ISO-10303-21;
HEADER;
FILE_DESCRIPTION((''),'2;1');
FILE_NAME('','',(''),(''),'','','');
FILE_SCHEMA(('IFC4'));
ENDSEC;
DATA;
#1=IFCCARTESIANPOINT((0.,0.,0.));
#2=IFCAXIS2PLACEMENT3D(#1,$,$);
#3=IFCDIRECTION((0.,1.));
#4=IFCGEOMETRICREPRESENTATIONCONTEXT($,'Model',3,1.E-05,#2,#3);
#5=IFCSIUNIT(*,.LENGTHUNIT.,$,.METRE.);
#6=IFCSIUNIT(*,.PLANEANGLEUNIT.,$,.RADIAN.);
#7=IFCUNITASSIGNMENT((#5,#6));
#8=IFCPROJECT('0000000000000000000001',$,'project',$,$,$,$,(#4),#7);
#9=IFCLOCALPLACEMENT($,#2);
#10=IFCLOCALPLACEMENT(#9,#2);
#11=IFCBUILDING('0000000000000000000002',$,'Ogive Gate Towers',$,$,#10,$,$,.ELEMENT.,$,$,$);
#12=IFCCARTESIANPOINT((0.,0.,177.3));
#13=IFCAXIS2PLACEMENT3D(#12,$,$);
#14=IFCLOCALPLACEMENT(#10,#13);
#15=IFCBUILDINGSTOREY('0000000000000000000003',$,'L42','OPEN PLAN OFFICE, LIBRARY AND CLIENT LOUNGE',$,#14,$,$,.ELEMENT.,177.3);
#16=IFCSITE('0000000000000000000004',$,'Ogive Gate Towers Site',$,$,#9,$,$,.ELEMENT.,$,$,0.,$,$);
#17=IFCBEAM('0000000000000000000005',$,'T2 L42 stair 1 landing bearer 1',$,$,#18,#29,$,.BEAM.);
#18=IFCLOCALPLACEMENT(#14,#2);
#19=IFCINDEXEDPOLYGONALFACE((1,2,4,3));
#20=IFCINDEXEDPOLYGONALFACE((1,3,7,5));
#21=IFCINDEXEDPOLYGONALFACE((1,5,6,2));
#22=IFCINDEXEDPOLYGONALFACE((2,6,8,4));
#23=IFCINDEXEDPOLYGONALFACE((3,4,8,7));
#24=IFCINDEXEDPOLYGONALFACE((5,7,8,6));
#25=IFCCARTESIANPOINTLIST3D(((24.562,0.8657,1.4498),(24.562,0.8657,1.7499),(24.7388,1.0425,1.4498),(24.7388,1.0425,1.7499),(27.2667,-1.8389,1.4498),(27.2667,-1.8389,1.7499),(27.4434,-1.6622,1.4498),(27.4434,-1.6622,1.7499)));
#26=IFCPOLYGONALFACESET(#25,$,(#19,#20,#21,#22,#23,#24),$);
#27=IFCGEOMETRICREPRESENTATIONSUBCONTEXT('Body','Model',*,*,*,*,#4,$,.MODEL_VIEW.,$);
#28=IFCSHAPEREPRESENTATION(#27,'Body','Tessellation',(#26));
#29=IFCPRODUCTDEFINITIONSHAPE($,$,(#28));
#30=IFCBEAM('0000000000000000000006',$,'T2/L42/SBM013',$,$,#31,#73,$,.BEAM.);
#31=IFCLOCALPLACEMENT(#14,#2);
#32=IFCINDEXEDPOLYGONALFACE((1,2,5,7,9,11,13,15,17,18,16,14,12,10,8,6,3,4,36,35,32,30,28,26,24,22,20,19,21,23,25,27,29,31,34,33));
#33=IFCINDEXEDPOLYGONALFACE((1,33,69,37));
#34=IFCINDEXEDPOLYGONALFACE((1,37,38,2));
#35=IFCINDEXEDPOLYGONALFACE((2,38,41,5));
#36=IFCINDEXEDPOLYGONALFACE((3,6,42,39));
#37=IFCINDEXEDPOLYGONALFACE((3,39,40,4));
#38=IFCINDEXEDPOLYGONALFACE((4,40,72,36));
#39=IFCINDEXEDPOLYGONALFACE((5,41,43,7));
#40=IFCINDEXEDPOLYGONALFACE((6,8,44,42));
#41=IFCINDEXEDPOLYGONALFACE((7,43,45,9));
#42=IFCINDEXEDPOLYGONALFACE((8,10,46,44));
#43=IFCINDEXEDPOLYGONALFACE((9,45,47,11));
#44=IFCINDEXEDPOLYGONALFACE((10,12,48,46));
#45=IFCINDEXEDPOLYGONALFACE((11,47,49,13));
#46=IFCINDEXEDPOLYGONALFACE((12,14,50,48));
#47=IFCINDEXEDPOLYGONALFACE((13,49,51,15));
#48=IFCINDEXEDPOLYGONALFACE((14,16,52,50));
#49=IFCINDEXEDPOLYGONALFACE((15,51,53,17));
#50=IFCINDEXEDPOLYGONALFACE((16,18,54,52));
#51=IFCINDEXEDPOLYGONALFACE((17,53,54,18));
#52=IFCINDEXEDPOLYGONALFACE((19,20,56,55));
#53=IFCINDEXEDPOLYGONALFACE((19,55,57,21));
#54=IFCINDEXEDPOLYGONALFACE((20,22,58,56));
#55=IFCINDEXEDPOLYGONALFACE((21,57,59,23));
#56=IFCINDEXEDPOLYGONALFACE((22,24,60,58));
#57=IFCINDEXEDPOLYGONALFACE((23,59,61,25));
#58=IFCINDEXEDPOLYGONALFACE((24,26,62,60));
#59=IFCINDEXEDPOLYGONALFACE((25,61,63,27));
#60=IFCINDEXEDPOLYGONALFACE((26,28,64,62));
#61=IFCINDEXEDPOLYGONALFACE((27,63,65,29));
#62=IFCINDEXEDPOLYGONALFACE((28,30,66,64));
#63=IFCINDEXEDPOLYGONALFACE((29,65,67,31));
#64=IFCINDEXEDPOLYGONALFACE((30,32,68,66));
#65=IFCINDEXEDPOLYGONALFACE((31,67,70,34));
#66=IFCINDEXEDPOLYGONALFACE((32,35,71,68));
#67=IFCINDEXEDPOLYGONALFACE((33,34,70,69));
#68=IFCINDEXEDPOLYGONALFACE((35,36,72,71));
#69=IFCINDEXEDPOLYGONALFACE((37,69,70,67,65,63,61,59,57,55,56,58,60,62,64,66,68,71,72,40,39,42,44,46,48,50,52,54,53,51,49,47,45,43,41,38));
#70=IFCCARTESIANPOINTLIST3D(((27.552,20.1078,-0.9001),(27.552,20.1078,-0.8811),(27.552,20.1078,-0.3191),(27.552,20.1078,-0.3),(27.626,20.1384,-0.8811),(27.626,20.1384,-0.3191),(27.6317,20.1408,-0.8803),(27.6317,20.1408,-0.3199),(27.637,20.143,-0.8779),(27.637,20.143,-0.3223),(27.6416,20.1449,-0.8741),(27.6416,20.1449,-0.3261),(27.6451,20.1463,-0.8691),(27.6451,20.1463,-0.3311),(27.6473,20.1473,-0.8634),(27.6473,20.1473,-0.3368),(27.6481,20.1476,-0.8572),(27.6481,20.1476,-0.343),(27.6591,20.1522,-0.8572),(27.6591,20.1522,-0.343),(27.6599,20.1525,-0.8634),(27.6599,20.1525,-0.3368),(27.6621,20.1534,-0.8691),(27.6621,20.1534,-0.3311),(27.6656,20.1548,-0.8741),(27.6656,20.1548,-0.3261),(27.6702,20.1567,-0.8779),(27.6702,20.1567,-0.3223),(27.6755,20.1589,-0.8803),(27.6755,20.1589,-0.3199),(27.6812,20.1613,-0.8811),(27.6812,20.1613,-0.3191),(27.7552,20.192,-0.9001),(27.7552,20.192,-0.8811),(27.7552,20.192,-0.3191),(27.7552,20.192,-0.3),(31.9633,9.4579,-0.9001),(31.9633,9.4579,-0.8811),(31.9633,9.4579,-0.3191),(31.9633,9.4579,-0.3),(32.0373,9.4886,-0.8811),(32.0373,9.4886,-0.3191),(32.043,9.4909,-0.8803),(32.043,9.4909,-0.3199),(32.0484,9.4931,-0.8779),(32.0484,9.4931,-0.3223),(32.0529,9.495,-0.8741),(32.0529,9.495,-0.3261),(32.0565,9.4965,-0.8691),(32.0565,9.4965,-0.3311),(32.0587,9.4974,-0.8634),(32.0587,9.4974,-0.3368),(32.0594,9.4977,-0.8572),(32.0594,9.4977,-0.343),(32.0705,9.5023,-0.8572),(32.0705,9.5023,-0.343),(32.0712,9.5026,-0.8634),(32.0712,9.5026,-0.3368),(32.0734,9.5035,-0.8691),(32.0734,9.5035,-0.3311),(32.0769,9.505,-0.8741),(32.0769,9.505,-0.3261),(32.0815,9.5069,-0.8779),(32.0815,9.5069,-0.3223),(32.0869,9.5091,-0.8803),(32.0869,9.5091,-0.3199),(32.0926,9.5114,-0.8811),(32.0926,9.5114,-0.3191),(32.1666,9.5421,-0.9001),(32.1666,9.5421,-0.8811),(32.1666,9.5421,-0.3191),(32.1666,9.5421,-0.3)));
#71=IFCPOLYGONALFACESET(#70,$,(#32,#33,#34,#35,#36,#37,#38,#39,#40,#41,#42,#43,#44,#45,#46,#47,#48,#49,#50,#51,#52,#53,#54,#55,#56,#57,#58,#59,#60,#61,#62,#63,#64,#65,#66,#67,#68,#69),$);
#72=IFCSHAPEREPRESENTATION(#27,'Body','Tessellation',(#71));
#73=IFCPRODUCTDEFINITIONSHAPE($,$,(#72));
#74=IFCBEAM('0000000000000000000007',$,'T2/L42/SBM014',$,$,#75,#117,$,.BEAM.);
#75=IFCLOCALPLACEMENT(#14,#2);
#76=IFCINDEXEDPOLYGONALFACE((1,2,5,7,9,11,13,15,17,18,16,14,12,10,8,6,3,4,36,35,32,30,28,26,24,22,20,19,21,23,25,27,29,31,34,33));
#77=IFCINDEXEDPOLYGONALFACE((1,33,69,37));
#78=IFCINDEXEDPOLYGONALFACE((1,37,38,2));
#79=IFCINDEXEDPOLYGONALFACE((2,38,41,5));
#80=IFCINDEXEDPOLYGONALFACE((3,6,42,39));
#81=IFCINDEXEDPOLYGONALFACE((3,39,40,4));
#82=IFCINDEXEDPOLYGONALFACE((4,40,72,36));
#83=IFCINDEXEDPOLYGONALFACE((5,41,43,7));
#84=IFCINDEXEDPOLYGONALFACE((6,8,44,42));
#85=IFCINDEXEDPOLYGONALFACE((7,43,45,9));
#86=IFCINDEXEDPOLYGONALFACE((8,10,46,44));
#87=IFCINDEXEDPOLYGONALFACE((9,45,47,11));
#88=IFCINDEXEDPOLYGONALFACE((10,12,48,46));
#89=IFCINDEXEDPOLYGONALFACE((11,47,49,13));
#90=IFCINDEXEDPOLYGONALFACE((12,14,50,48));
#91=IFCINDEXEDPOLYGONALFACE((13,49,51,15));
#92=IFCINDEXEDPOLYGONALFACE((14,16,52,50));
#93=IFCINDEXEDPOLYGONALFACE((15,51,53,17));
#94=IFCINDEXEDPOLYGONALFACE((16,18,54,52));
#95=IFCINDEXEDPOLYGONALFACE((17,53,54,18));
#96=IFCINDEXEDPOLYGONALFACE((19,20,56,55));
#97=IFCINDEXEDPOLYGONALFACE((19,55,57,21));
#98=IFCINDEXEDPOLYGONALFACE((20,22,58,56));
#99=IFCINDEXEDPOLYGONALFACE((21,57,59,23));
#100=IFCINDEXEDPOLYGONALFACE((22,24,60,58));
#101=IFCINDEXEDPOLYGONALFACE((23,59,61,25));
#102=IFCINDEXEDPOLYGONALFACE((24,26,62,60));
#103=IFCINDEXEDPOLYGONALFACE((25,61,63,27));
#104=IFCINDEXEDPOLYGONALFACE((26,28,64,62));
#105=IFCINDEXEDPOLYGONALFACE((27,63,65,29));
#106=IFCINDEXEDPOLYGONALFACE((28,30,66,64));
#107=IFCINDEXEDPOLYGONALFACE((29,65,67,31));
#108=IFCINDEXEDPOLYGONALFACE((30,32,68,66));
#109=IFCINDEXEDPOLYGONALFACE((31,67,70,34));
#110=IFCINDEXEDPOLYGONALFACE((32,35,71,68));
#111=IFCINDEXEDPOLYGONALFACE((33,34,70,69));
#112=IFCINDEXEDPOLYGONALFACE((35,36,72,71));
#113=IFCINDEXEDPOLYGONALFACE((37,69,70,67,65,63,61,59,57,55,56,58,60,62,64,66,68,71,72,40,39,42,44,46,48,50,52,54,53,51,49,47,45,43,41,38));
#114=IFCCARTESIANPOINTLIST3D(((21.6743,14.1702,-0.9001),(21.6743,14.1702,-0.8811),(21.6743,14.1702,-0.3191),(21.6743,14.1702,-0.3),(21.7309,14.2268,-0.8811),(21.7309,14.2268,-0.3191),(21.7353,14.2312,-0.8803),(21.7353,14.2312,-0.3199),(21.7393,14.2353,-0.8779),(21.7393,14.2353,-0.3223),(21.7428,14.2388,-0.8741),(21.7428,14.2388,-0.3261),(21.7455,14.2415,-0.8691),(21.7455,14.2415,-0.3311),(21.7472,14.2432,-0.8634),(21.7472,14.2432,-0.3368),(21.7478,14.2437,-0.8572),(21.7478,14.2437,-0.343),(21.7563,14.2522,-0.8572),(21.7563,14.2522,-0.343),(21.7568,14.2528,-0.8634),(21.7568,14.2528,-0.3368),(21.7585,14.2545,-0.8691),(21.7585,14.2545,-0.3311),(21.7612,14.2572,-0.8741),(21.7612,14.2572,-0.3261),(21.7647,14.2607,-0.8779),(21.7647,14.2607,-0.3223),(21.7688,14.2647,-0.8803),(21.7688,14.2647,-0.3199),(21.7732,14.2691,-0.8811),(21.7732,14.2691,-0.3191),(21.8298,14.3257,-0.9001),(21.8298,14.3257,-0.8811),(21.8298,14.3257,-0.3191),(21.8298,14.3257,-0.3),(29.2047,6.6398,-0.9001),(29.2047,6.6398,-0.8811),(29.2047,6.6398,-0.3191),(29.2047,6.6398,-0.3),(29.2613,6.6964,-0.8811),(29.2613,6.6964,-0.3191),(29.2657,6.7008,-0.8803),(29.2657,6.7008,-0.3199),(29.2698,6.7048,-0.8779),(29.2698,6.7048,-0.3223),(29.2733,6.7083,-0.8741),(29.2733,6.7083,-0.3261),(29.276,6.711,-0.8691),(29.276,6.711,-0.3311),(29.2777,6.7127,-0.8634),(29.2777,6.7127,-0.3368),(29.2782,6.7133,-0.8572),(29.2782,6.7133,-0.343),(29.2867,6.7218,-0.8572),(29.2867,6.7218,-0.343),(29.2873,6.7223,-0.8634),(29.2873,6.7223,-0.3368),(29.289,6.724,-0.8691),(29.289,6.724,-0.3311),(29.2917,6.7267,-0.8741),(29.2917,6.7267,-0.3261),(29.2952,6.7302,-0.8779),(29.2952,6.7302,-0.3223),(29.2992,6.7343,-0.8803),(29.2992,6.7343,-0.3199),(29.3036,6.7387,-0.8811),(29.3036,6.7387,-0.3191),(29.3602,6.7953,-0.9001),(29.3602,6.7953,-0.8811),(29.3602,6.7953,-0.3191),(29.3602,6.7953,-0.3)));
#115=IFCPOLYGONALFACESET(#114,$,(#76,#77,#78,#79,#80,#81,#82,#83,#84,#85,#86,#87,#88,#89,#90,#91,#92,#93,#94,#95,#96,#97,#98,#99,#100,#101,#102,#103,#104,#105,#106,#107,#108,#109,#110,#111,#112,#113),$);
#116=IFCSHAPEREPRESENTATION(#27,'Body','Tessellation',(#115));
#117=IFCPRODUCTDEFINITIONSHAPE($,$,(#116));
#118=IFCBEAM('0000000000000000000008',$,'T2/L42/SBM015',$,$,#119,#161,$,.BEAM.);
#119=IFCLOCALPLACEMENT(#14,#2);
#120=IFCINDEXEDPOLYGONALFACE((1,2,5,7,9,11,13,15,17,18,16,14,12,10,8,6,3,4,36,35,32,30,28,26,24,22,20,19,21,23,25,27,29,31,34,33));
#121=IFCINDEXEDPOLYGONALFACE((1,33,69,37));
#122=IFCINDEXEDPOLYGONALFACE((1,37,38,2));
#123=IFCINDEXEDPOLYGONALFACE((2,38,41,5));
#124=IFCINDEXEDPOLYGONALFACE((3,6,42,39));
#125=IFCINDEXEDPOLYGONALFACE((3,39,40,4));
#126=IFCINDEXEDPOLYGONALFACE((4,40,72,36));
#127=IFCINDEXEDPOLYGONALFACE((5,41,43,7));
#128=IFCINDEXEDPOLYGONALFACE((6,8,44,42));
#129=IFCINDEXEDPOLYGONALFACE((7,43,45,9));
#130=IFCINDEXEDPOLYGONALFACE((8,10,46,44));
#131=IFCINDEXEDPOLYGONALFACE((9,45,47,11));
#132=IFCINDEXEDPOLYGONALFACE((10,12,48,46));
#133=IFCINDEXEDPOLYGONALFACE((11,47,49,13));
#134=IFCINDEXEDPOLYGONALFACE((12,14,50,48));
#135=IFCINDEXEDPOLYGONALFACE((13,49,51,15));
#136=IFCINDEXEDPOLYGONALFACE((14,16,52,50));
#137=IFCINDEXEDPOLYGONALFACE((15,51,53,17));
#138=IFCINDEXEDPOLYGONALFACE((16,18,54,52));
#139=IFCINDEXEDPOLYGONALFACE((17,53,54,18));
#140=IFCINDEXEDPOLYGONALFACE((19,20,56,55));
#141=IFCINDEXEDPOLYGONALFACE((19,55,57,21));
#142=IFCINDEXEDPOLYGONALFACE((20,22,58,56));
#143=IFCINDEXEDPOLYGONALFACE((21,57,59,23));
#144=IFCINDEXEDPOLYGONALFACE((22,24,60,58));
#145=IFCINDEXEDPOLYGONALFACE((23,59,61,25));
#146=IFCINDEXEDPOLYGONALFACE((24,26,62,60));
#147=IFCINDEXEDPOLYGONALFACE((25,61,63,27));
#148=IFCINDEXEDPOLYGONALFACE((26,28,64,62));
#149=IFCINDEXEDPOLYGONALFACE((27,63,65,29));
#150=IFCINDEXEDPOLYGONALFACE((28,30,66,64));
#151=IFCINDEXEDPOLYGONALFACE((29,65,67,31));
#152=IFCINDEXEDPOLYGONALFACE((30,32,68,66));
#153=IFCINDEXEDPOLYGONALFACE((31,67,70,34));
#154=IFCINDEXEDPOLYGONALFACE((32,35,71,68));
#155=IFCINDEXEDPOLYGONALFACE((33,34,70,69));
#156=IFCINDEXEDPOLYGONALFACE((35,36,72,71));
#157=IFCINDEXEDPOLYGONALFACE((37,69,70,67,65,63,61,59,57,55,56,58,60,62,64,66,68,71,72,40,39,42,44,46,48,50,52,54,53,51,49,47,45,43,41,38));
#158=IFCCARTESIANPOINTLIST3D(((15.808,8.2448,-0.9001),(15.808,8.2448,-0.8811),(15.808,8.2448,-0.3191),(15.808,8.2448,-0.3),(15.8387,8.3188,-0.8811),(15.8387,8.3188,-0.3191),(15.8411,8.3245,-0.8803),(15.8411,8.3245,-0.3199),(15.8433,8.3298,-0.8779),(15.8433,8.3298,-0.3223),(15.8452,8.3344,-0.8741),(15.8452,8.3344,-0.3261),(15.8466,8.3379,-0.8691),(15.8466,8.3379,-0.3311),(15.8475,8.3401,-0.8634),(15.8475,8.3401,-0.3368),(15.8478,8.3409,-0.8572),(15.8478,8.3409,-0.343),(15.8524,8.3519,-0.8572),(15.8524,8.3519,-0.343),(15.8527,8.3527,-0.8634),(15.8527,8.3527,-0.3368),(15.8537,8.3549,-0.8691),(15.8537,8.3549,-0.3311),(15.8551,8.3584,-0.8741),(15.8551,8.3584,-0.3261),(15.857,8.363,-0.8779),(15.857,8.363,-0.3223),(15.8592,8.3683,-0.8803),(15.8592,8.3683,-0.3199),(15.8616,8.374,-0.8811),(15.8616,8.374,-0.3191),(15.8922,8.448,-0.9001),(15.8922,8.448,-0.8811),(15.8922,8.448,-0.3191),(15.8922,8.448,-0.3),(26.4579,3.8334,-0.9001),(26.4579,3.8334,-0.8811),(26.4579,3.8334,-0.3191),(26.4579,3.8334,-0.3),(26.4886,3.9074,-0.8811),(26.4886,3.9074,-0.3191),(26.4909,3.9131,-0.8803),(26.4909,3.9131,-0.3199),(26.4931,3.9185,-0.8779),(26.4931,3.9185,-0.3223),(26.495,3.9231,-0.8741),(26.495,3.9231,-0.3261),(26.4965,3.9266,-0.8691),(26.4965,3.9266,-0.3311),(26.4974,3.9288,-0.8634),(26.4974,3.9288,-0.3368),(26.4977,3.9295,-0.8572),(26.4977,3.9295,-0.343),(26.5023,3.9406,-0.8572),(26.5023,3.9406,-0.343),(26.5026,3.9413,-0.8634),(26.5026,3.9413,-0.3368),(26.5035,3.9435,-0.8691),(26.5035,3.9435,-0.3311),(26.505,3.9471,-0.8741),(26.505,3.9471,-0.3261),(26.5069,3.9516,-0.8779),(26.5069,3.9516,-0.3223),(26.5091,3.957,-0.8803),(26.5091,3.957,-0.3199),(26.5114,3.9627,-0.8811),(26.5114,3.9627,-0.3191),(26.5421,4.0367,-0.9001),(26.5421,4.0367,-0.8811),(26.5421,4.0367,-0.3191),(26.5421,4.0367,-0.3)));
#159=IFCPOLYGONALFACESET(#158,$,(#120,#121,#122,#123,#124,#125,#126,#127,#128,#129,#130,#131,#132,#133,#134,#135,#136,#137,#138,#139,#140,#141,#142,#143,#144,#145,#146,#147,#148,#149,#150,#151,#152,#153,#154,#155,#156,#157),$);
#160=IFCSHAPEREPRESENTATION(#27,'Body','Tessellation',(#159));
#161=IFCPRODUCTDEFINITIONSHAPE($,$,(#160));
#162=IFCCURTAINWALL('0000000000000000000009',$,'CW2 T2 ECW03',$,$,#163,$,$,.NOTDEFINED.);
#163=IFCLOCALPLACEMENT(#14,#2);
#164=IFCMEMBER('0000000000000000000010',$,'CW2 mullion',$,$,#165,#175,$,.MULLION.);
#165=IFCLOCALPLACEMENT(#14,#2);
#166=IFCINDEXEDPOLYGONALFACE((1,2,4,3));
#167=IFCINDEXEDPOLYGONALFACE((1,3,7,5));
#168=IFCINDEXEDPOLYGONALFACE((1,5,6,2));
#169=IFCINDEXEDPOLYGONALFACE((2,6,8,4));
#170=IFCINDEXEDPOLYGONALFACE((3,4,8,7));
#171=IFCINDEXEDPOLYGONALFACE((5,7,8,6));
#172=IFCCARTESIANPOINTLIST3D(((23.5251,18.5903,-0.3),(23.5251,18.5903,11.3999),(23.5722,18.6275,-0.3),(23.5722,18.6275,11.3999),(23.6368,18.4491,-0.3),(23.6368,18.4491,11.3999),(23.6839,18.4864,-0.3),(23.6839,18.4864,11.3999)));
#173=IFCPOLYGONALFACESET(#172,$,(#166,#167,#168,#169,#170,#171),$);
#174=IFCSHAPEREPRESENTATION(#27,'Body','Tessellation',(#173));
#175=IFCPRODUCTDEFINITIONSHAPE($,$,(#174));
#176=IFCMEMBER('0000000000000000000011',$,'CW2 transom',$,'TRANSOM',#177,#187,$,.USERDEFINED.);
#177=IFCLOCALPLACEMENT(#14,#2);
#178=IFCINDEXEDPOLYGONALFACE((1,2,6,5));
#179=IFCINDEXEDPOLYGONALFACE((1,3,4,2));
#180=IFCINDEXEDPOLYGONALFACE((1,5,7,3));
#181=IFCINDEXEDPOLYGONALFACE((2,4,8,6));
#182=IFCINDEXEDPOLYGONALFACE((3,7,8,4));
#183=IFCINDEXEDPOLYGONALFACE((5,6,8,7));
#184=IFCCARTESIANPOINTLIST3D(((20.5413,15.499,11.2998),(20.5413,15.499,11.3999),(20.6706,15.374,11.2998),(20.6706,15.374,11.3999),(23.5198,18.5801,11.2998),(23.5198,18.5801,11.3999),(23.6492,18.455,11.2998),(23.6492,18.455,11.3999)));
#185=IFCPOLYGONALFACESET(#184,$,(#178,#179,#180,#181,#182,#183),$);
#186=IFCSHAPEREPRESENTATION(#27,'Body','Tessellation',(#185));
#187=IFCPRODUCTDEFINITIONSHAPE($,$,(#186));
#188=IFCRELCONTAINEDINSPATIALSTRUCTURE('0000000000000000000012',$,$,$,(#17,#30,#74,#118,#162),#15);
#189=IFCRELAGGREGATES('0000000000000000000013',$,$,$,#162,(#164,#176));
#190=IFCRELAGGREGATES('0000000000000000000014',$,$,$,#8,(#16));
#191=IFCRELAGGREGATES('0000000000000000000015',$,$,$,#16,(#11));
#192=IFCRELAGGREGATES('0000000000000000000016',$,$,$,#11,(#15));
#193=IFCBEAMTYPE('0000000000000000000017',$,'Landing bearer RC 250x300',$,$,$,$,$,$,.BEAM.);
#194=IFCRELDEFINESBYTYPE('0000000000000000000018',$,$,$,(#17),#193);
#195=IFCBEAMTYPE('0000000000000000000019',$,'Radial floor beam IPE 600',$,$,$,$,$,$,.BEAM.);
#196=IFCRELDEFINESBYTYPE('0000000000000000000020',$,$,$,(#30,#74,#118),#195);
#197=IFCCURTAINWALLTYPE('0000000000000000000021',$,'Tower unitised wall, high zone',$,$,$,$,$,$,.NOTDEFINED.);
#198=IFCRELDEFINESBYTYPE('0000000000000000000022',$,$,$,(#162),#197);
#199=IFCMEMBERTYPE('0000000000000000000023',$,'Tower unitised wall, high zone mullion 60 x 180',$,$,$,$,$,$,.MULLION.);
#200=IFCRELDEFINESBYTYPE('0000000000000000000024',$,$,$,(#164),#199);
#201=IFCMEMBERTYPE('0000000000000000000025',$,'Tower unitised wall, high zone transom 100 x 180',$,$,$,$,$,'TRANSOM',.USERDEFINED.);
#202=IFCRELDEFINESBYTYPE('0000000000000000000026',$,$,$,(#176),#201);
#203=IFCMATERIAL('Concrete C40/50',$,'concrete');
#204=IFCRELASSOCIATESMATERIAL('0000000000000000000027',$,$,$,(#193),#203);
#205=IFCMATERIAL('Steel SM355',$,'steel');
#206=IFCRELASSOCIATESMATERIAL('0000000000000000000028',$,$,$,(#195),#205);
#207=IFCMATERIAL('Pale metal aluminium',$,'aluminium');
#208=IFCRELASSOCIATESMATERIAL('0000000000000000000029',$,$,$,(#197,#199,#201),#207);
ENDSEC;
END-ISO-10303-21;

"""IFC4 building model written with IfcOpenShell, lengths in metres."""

from ifc_helpers import new_model, si_unit, direction, frame, origin, origin_2d, place, context, subcontext, project, spatial, rectangle, i_section, extrude, material, material_profile, profile_set, type_object, element, aggregate, save


model = new_model("IFC4")

# Units and contexts
model_context = context("Model", 3, precision=1e-05, world=origin(), true_north=direction((0.0, 1.0)))
body_context = subcontext(model_context, "Body", "Model", "MODEL_VIEW")
ifc_project = project(units=[si_unit("LENGTHUNIT", "METRE"), si_unit("PLANEANGLEUNIT", "RADIAN")], contexts=[model_context])

# Site, building, storey
site_placement = place(None, origin())
site = spatial("IfcSite", under=ifc_project, at=site_placement, Name="Ogive Gate Towers Site", CompositionType="ELEMENT", RefElevation=0.0)
building_placement = place(site_placement, origin())
building = spatial("IfcBuilding", under=site, at=building_placement, Name="Ogive Gate Towers", CompositionType="ELEMENT")
storey_placement = place(building_placement, frame((0.0, 0.0, 177.3)))
storey = spatial("IfcBuildingStorey", under=building, at=storey_placement, Name="L42", Description="OPEN PLAN OFFICE, LIBRARY AND CLIENT LOUNGE", CompositionType="ELEMENT", Elevation=177.3)

# Beams
ifc_material_1 = material(Name="Concrete C40/50", Category="concrete")
ifc_material_profile_1 = material_profile(ifc_material_1, rectangle(XDim=0.25, YDim=0.3, at=origin_2d()), Name="RC 250x300")
ifc_profile_set_1 = profile_set([ifc_material_profile_1], Name="Concrete C40/50")
beam_type_1 = type_object("IfcBeamType", Name="Landing bearer RC 250x300", PredefinedType="BEAM", material=ifc_profile_set_1)
beam_1_placement = place(storey_placement, frame((24.6504, 0.9541, 1.5999), z_axis=(0.707107, -0.707107, 0.0), x_axis=(0.707107, 0.707107, 0.0)))
element("IfcBeam", 1, at=beam_1_placement, inside=storey, type_object=beam_type_1, Name="T2 L42 stair 1 landing bearer 1", PredefinedType="BEAM", context=body_context, shape_type="SweptSolid", body=[
    extrude(rectangle(XDim=0.25, YDim=0.3, at=origin_2d()), origin(), (0.0, 0.0, 1.0), 3.825),
])
ifc_material_2 = material(Name="Steel SM355", Category="steel")
ifc_material_profile_2 = material_profile(ifc_material_2, i_section(OverallWidth=0.22, OverallDepth=0.6001, WebThickness=0.012, FlangeThickness=0.019, FilletRadius=0.0239, at=origin_2d()), Name="IPE 600")
ifc_profile_set_2 = profile_set([ifc_material_profile_2], Name="Steel SM355")
beam_type_2 = type_object("IfcBeamType", Name="Radial floor beam IPE 600", PredefinedType="BEAM", material=ifc_profile_set_2)
beam_2_placement = place(storey_placement, frame((32.0649, 9.5, -0.6001), z_axis=(-0.382687, 0.923878, 0.0), x_axis=(-0.923878, -0.382687, 0.0)))
element("IfcBeam", 2, at=beam_2_placement, inside=storey, type_object=beam_type_2, Name="T2/L42/SBM013", PredefinedType="BEAM", context=body_context, shape_type="SweptSolid", body=[
    extrude(i_section(OverallWidth=0.22, OverallDepth=0.6001, WebThickness=0.012, FlangeThickness=0.019, FilletRadius=0.0239, at=origin_2d()), origin(), (0.0, 0.0, 1.0), 11.5273),
])
beam_3_placement = place(storey_placement, frame((29.2825, 6.7175, -0.6001), z_axis=(-0.707107, 0.707107, 0.0), x_axis=(-0.707107, -0.707107, 0.0)))
element("IfcBeam", 3, at=beam_3_placement, inside=storey, type_object=beam_type_2, Name="T2/L42/SBM014", PredefinedType="BEAM", context=body_context, shape_type="SweptSolid", body=[
    extrude(i_section(OverallWidth=0.22, OverallDepth=0.6001, WebThickness=0.012, FlangeThickness=0.019, FilletRadius=0.0239, at=origin_2d()), origin(), (0.0, 0.0, 1.0), 10.6497),
])
beam_4_placement = place(storey_placement, frame((26.5, 3.9351, -0.6001), z_axis=(-0.923878, 0.382687, 0.0), x_axis=(-0.382687, -0.923878, 0.0)))
element("IfcBeam", 4, at=beam_4_placement, inside=storey, type_object=beam_type_2, Name="T2/L42/SBM015", PredefinedType="BEAM", context=body_context, shape_type="SweptSolid", body=[
    extrude(i_section(OverallWidth=0.22, OverallDepth=0.6001, WebThickness=0.012, FlangeThickness=0.019, FilletRadius=0.0239, at=origin_2d()), origin(), (0.0, 0.0, 1.0), 11.5273),
])

# Curtain wall, members
ifc_material_3 = material(Name="Pale metal aluminium", Category="aluminium")
curtain_wall_type = type_object("IfcCurtainWallType", Name="Tower unitised wall, high zone", PredefinedType="NOTDEFINED", material=ifc_material_3)
curtain_wall_placement = place(storey_placement, origin())
curtain_wall = element("IfcCurtainWall", 5, at=curtain_wall_placement, inside=storey, type_object=curtain_wall_type, Name="CW2 T2 ECW03", PredefinedType="NOTDEFINED")
ifc_material_profile_3 = material_profile(ifc_material_3, rectangle(XDim=0.1799, YDim=0.0601, at=origin_2d()), Name="60 x 180 aluminium box")
ifc_profile_set_3 = profile_set([ifc_material_profile_3], Name="Pale metal aluminium")
member_type_1 = type_object("IfcMemberType", Name="Tower unitised wall, high zone mullion 60 x 180", PredefinedType="MULLION", material=ifc_profile_set_3)
member_1_placement = place(storey_placement, frame((23.6045, 18.5383, -0.3), z_axis=(0.0, 0.0, 1.0), x_axis=(-0.620464, 0.784235, 0.0)))
member_1 = element("IfcMember", 6, at=member_1_placement, type_object=member_type_1, Name="CW2 mullion", PredefinedType="MULLION", context=body_context, shape_type="SweptSolid", body=[
    extrude(rectangle(XDim=0.1799, YDim=0.0601, at=origin_2d()), origin(), (0.0, 0.0, 1.0), 11.7),
])
ifc_material_profile_4 = material_profile(ifc_material_3, rectangle(XDim=0.1799, YDim=0.1001, at=origin_2d()), Name="100 x 180 aluminium box")
ifc_profile_set_4 = profile_set([ifc_material_profile_4], Name="Pale metal aluminium")
member_type_2 = type_object("IfcMemberType", Name="Tower unitised wall, high zone transom 100 x 180", ElementType="TRANSOM", PredefinedType="USERDEFINED", material=ifc_profile_set_4)
member_2_placement = place(storey_placement, frame((23.5845, 18.5176, 11.3499), z_axis=(-0.695042, -0.718969, 0.0), x_axis=(0.718969, -0.695042, 0.0)))
member_2 = element("IfcMember", 7, at=member_2_placement, type_object=member_type_2, Name="CW2 transom", ObjectType="TRANSOM", PredefinedType="USERDEFINED", context=body_context, shape_type="SweptSolid", body=[
    extrude(rectangle(XDim=0.1799, YDim=0.1001, at=origin_2d()), origin(), (0.0, 0.0, 1.0), 4.2854),
])
aggregate(curtain_wall, [member_1, member_2])

save(model, "model.ifc")
